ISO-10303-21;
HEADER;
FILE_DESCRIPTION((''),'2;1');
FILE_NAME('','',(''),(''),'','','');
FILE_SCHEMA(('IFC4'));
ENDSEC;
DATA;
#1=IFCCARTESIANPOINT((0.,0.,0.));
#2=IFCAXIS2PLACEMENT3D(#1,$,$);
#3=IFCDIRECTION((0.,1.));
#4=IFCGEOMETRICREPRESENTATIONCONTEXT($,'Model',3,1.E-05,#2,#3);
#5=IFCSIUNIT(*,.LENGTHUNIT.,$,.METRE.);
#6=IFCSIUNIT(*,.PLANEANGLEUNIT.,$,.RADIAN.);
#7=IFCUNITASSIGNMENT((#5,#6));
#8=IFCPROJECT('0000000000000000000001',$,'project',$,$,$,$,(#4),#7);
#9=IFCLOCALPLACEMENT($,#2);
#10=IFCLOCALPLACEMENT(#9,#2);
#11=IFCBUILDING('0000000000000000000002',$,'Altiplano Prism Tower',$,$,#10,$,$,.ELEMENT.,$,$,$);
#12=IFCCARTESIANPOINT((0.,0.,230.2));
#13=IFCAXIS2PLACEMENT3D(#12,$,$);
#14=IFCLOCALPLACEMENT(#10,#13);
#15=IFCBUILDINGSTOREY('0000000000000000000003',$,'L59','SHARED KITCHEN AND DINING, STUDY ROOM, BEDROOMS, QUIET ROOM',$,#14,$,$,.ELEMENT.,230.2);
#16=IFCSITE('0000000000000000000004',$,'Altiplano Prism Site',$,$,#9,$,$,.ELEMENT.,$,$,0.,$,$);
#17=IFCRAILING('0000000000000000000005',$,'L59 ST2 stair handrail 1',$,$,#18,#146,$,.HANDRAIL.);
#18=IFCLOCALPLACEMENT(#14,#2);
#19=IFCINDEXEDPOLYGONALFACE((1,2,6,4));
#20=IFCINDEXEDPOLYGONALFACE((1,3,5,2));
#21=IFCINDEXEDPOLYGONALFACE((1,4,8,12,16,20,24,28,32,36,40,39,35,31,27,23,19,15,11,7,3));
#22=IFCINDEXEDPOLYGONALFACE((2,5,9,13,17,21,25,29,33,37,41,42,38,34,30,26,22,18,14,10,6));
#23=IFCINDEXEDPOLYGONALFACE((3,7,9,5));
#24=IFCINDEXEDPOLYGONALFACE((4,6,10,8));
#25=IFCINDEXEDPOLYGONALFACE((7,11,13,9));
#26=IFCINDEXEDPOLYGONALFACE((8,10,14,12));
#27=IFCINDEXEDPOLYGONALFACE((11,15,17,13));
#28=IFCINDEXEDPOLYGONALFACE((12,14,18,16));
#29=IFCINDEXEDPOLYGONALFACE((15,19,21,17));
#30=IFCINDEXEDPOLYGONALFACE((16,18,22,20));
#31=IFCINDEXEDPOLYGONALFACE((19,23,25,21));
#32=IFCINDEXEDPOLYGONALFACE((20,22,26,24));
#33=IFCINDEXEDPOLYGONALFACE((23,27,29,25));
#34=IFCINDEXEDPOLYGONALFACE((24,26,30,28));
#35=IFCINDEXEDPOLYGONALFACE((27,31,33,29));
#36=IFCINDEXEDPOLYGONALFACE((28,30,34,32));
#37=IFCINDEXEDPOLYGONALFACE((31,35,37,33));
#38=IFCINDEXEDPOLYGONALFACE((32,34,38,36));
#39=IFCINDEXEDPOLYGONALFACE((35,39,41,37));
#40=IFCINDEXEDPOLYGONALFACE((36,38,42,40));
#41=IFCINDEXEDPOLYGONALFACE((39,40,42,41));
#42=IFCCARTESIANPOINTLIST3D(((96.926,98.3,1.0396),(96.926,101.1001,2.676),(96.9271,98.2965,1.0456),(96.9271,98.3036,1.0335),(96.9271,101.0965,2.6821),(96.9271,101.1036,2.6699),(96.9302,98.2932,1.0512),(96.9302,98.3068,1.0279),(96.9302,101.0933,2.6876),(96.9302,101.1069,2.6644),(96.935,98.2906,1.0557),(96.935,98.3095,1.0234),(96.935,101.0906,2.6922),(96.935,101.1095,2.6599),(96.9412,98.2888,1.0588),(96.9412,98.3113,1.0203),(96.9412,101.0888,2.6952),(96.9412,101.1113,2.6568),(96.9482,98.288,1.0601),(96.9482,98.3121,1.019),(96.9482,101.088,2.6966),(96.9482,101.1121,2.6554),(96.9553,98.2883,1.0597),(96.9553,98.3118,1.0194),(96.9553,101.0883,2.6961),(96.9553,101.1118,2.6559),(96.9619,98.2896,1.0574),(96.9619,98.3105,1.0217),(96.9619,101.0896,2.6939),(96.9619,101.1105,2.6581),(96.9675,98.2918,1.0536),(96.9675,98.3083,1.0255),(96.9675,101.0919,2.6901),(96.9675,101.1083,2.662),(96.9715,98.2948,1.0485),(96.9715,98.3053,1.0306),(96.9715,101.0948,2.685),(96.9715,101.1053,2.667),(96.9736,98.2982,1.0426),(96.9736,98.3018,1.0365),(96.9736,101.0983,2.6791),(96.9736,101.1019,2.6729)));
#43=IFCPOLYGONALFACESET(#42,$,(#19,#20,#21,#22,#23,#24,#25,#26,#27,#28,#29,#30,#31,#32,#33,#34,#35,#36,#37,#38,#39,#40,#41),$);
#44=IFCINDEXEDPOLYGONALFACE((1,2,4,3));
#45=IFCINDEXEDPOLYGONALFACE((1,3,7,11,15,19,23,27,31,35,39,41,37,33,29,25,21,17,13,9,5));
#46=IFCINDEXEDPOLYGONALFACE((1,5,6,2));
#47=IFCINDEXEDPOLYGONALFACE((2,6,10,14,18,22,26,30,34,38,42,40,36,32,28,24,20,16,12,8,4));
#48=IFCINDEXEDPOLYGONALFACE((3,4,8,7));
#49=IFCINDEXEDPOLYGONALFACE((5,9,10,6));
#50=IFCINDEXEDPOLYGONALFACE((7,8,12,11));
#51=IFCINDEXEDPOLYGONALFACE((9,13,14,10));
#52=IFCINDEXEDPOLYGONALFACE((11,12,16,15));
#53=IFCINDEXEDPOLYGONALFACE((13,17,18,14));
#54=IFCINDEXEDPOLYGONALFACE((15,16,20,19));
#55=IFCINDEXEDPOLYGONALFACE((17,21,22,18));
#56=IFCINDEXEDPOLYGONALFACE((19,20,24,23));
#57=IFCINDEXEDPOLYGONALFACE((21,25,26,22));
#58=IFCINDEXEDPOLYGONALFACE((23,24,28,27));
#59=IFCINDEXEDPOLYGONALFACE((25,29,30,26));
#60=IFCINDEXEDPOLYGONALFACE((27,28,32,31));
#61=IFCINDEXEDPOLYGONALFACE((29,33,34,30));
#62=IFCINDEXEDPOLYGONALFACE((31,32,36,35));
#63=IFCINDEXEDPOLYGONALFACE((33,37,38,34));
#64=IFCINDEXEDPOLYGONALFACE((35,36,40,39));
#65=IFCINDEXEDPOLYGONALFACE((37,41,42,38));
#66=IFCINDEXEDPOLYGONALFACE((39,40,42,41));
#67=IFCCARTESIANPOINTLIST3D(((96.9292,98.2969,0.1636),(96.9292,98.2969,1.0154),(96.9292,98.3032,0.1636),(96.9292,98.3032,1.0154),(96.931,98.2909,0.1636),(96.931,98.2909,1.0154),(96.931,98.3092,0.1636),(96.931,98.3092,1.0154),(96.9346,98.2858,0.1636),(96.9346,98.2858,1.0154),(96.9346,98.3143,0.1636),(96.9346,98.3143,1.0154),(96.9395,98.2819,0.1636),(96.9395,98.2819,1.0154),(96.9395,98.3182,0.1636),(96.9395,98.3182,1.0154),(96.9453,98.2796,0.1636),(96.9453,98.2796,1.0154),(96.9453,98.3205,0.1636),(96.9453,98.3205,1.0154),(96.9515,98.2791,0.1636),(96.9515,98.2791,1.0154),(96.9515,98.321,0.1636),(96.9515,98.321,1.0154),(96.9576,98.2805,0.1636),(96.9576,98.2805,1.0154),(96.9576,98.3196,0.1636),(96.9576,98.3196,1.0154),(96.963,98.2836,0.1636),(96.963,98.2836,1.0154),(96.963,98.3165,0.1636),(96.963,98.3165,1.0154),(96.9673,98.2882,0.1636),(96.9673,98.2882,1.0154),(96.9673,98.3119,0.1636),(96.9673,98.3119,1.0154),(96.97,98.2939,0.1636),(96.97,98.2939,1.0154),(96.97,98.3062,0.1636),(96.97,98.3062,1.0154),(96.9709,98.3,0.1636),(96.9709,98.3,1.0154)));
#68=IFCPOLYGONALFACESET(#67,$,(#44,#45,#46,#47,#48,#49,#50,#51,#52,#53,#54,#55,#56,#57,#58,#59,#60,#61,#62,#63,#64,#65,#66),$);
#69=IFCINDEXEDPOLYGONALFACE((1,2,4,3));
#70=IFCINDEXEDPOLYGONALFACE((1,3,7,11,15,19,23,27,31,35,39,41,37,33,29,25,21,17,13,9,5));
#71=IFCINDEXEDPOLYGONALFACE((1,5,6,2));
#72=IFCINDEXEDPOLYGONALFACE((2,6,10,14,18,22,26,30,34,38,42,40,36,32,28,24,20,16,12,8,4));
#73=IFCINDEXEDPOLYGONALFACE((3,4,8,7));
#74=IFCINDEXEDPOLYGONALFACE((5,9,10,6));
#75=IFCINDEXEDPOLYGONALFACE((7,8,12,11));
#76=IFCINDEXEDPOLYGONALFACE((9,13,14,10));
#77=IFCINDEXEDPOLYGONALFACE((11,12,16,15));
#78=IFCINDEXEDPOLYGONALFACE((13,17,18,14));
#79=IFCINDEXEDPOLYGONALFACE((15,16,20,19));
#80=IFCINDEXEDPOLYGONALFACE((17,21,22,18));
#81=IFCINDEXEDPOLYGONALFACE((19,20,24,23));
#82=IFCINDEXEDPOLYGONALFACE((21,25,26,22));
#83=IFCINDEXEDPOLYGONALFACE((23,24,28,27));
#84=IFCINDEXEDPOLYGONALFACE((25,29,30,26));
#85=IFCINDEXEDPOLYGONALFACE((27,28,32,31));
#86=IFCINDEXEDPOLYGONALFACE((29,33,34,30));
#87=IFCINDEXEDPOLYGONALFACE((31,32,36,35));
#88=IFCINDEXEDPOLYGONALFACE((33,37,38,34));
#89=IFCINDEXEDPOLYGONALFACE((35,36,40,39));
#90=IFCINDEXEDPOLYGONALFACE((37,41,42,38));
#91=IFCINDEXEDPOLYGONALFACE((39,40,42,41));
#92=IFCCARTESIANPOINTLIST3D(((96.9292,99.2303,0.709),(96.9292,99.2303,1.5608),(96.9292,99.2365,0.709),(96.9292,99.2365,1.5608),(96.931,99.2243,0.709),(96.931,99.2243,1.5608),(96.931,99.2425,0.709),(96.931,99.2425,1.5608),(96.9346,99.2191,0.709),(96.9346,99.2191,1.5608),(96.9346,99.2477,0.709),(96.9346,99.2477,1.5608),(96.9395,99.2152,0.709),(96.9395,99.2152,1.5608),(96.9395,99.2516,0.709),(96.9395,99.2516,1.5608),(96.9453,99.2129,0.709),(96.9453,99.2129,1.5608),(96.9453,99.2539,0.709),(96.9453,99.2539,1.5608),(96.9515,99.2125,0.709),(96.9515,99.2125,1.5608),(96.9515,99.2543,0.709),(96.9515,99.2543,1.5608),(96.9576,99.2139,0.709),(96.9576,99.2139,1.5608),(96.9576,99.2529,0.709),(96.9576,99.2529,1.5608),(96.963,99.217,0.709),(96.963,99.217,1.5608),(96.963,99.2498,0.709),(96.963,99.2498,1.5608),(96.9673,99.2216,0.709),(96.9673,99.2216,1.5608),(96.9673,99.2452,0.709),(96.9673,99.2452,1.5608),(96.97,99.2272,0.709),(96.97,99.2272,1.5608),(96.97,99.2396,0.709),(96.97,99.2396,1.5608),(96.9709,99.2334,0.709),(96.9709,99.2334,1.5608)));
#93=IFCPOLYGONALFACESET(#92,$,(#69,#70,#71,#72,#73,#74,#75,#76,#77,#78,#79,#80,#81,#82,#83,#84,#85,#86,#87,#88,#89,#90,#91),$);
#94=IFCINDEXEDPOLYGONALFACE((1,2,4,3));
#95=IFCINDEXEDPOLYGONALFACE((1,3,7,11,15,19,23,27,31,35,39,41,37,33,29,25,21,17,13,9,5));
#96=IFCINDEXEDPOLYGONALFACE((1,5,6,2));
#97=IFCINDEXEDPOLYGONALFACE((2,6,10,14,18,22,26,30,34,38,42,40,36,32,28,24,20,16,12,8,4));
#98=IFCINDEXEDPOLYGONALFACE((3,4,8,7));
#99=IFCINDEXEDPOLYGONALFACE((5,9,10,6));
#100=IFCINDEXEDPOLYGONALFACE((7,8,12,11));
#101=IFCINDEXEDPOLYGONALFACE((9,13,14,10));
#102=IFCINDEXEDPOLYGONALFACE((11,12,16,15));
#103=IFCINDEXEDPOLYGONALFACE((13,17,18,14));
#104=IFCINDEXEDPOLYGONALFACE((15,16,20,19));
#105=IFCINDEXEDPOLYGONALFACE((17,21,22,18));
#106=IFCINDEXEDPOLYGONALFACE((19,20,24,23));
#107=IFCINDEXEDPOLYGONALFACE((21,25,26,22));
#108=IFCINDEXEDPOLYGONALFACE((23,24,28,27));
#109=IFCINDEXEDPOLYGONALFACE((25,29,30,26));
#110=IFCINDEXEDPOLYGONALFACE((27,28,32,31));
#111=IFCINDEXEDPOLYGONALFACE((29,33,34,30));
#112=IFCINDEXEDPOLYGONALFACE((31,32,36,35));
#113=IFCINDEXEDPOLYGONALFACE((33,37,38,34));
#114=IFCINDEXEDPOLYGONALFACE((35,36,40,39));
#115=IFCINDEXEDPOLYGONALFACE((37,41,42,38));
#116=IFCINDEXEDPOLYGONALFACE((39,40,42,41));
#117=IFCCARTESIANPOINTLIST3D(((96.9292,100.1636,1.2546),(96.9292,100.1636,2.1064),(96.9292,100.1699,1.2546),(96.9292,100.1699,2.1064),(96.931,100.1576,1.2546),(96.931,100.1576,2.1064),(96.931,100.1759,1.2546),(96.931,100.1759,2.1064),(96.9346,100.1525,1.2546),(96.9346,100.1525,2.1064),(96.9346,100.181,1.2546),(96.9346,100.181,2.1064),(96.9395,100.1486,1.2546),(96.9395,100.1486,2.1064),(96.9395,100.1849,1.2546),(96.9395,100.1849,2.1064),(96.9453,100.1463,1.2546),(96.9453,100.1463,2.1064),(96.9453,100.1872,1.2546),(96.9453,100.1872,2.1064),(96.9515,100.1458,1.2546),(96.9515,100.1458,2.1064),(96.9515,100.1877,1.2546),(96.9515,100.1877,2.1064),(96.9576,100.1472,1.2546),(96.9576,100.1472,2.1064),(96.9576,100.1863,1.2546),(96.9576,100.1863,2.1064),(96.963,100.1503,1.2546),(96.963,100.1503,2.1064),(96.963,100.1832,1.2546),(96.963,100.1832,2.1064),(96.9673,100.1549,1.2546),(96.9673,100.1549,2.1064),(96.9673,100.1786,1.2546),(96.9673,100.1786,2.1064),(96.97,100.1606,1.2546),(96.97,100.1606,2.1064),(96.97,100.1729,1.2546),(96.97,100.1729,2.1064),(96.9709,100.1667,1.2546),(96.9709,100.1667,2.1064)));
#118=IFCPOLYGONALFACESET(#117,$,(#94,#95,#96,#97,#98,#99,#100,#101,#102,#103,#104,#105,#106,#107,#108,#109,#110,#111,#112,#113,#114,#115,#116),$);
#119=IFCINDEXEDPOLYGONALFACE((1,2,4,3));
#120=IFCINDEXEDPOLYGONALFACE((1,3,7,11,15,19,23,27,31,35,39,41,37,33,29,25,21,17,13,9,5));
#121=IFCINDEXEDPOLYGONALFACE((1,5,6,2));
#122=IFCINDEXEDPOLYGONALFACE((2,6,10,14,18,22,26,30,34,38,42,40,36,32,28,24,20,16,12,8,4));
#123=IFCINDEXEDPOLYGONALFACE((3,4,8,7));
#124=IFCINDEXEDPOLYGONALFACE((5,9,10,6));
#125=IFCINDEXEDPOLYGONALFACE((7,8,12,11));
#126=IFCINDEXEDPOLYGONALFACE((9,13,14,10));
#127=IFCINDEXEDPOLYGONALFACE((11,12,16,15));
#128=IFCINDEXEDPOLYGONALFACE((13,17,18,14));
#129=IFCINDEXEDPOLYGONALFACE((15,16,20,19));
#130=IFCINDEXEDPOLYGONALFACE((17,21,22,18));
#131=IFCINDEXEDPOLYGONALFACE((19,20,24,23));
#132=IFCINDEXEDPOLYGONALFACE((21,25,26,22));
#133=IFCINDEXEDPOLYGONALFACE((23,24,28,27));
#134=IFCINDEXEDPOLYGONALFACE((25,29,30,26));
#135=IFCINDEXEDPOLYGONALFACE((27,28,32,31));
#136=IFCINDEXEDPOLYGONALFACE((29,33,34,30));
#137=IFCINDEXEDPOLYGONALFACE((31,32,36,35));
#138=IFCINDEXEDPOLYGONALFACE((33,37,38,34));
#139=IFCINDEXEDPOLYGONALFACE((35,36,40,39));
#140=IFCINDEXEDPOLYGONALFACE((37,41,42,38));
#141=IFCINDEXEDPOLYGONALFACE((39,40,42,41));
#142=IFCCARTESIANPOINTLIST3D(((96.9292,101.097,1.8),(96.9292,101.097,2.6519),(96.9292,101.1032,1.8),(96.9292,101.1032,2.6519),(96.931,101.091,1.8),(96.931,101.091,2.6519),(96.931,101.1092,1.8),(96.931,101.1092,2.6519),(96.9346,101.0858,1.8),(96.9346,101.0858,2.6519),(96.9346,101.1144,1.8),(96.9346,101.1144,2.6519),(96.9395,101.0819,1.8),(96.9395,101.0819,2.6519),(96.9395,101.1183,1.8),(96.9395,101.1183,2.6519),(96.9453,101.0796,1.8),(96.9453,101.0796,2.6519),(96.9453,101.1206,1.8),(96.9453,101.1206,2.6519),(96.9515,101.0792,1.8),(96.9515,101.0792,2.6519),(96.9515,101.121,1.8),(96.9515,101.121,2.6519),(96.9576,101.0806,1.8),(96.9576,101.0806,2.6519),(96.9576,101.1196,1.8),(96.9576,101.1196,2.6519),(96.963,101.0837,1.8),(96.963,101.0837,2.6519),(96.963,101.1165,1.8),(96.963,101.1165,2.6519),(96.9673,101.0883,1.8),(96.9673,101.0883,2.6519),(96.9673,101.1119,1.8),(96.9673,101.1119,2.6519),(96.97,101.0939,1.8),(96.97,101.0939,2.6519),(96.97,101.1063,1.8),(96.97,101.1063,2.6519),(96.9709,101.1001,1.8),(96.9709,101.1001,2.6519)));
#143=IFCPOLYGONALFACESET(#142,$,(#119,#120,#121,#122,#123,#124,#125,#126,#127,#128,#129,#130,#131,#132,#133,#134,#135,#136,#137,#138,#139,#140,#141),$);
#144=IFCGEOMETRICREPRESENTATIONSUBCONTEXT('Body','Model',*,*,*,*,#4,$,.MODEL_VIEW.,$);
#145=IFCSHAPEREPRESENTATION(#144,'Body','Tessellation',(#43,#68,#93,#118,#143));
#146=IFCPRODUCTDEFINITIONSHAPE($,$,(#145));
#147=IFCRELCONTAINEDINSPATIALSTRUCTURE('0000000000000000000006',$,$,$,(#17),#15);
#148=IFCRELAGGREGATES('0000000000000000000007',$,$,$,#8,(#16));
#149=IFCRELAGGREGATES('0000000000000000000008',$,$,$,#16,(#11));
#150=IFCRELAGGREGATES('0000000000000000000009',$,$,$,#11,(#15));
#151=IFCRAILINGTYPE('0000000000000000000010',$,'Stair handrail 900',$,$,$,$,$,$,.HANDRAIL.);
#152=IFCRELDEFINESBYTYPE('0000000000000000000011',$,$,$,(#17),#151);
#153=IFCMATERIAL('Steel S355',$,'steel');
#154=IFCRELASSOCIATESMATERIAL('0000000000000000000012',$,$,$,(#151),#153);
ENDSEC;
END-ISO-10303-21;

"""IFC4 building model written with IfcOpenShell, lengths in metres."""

from ifc_helpers import new_model, si_unit, direction, frame, origin, origin_2d, place, context, subcontext, project, spatial, circle, extrude, material, type_object, element, save


model = new_model("IFC4")

# Units and contexts
model_context = context("Model", 3, precision=1e-05, world=origin(), true_north=direction((0.0, 1.0)))
body_context = subcontext(model_context, "Body", "Model", "MODEL_VIEW")
ifc_project = project(units=[si_unit("LENGTHUNIT", "METRE"), si_unit("PLANEANGLEUNIT", "RADIAN")], contexts=[model_context])

# Site, building, storey
site_placement = place(None, origin())
site = spatial("IfcSite", under=ifc_project, at=site_placement, Name="Altiplano Prism Site", CompositionType="ELEMENT", RefElevation=0.0)
building_placement = place(site_placement, origin())
building = spatial("IfcBuilding", under=site, at=building_placement, Name="Altiplano Prism Tower", CompositionType="ELEMENT")
storey_placement = place(building_placement, frame((0.0, 0.0, 230.2)))
storey = spatial("IfcBuildingStorey", under=building, at=storey_placement, Name="L59", Description="SHARED KITCHEN AND DINING, STUDY ROOM, BEDROOMS, QUIET ROOM", CompositionType="ELEMENT", Elevation=230.2)

# Railing
ifc_material_1 = material(Name="Steel S355", Category="steel")
railing_type = type_object("IfcRailingType", Name="Stair handrail 900", PredefinedType="HANDRAIL", material=ifc_material_1)
railing_placement = place(storey_placement, frame((96.95, 98.3, 0.1636)))
element("IfcRailing", 1, at=railing_placement, inside=storey, type_object=railing_type, Name="L59 ST2 stair handrail 1", PredefinedType="HANDRAIL", context=body_context, shape_type="SweptSolid", body=[
    extrude(circle(Radius=0.0239, at=origin_2d()), frame((0.0, 0.0, 0.876), z_axis=(0.0, 0.863361, 0.504587), x_axis=(-1.0, 0.0, 0.0)), (0.0, 0.0, 1.0), 3.2432),
    extrude(circle(Radius=0.021, at=origin_2d()), origin(), (0.0, 0.0, 1.0), 0.8518),
    extrude(circle(Radius=0.021, at=origin_2d()), frame((0.0, 0.9333, 0.5454)), (0.0, 0.0, 1.0), 0.8518),
    extrude(circle(Radius=0.021, at=origin_2d()), frame((0.0, 1.8667, 1.0911)), (0.0, 0.0, 1.0), 0.8518),
    extrude(circle(Radius=0.021, at=origin_2d()), frame((0.0, 2.8, 1.6365)), (0.0, 0.0, 1.0), 0.8518),
])

save(model, "model.ifc")
